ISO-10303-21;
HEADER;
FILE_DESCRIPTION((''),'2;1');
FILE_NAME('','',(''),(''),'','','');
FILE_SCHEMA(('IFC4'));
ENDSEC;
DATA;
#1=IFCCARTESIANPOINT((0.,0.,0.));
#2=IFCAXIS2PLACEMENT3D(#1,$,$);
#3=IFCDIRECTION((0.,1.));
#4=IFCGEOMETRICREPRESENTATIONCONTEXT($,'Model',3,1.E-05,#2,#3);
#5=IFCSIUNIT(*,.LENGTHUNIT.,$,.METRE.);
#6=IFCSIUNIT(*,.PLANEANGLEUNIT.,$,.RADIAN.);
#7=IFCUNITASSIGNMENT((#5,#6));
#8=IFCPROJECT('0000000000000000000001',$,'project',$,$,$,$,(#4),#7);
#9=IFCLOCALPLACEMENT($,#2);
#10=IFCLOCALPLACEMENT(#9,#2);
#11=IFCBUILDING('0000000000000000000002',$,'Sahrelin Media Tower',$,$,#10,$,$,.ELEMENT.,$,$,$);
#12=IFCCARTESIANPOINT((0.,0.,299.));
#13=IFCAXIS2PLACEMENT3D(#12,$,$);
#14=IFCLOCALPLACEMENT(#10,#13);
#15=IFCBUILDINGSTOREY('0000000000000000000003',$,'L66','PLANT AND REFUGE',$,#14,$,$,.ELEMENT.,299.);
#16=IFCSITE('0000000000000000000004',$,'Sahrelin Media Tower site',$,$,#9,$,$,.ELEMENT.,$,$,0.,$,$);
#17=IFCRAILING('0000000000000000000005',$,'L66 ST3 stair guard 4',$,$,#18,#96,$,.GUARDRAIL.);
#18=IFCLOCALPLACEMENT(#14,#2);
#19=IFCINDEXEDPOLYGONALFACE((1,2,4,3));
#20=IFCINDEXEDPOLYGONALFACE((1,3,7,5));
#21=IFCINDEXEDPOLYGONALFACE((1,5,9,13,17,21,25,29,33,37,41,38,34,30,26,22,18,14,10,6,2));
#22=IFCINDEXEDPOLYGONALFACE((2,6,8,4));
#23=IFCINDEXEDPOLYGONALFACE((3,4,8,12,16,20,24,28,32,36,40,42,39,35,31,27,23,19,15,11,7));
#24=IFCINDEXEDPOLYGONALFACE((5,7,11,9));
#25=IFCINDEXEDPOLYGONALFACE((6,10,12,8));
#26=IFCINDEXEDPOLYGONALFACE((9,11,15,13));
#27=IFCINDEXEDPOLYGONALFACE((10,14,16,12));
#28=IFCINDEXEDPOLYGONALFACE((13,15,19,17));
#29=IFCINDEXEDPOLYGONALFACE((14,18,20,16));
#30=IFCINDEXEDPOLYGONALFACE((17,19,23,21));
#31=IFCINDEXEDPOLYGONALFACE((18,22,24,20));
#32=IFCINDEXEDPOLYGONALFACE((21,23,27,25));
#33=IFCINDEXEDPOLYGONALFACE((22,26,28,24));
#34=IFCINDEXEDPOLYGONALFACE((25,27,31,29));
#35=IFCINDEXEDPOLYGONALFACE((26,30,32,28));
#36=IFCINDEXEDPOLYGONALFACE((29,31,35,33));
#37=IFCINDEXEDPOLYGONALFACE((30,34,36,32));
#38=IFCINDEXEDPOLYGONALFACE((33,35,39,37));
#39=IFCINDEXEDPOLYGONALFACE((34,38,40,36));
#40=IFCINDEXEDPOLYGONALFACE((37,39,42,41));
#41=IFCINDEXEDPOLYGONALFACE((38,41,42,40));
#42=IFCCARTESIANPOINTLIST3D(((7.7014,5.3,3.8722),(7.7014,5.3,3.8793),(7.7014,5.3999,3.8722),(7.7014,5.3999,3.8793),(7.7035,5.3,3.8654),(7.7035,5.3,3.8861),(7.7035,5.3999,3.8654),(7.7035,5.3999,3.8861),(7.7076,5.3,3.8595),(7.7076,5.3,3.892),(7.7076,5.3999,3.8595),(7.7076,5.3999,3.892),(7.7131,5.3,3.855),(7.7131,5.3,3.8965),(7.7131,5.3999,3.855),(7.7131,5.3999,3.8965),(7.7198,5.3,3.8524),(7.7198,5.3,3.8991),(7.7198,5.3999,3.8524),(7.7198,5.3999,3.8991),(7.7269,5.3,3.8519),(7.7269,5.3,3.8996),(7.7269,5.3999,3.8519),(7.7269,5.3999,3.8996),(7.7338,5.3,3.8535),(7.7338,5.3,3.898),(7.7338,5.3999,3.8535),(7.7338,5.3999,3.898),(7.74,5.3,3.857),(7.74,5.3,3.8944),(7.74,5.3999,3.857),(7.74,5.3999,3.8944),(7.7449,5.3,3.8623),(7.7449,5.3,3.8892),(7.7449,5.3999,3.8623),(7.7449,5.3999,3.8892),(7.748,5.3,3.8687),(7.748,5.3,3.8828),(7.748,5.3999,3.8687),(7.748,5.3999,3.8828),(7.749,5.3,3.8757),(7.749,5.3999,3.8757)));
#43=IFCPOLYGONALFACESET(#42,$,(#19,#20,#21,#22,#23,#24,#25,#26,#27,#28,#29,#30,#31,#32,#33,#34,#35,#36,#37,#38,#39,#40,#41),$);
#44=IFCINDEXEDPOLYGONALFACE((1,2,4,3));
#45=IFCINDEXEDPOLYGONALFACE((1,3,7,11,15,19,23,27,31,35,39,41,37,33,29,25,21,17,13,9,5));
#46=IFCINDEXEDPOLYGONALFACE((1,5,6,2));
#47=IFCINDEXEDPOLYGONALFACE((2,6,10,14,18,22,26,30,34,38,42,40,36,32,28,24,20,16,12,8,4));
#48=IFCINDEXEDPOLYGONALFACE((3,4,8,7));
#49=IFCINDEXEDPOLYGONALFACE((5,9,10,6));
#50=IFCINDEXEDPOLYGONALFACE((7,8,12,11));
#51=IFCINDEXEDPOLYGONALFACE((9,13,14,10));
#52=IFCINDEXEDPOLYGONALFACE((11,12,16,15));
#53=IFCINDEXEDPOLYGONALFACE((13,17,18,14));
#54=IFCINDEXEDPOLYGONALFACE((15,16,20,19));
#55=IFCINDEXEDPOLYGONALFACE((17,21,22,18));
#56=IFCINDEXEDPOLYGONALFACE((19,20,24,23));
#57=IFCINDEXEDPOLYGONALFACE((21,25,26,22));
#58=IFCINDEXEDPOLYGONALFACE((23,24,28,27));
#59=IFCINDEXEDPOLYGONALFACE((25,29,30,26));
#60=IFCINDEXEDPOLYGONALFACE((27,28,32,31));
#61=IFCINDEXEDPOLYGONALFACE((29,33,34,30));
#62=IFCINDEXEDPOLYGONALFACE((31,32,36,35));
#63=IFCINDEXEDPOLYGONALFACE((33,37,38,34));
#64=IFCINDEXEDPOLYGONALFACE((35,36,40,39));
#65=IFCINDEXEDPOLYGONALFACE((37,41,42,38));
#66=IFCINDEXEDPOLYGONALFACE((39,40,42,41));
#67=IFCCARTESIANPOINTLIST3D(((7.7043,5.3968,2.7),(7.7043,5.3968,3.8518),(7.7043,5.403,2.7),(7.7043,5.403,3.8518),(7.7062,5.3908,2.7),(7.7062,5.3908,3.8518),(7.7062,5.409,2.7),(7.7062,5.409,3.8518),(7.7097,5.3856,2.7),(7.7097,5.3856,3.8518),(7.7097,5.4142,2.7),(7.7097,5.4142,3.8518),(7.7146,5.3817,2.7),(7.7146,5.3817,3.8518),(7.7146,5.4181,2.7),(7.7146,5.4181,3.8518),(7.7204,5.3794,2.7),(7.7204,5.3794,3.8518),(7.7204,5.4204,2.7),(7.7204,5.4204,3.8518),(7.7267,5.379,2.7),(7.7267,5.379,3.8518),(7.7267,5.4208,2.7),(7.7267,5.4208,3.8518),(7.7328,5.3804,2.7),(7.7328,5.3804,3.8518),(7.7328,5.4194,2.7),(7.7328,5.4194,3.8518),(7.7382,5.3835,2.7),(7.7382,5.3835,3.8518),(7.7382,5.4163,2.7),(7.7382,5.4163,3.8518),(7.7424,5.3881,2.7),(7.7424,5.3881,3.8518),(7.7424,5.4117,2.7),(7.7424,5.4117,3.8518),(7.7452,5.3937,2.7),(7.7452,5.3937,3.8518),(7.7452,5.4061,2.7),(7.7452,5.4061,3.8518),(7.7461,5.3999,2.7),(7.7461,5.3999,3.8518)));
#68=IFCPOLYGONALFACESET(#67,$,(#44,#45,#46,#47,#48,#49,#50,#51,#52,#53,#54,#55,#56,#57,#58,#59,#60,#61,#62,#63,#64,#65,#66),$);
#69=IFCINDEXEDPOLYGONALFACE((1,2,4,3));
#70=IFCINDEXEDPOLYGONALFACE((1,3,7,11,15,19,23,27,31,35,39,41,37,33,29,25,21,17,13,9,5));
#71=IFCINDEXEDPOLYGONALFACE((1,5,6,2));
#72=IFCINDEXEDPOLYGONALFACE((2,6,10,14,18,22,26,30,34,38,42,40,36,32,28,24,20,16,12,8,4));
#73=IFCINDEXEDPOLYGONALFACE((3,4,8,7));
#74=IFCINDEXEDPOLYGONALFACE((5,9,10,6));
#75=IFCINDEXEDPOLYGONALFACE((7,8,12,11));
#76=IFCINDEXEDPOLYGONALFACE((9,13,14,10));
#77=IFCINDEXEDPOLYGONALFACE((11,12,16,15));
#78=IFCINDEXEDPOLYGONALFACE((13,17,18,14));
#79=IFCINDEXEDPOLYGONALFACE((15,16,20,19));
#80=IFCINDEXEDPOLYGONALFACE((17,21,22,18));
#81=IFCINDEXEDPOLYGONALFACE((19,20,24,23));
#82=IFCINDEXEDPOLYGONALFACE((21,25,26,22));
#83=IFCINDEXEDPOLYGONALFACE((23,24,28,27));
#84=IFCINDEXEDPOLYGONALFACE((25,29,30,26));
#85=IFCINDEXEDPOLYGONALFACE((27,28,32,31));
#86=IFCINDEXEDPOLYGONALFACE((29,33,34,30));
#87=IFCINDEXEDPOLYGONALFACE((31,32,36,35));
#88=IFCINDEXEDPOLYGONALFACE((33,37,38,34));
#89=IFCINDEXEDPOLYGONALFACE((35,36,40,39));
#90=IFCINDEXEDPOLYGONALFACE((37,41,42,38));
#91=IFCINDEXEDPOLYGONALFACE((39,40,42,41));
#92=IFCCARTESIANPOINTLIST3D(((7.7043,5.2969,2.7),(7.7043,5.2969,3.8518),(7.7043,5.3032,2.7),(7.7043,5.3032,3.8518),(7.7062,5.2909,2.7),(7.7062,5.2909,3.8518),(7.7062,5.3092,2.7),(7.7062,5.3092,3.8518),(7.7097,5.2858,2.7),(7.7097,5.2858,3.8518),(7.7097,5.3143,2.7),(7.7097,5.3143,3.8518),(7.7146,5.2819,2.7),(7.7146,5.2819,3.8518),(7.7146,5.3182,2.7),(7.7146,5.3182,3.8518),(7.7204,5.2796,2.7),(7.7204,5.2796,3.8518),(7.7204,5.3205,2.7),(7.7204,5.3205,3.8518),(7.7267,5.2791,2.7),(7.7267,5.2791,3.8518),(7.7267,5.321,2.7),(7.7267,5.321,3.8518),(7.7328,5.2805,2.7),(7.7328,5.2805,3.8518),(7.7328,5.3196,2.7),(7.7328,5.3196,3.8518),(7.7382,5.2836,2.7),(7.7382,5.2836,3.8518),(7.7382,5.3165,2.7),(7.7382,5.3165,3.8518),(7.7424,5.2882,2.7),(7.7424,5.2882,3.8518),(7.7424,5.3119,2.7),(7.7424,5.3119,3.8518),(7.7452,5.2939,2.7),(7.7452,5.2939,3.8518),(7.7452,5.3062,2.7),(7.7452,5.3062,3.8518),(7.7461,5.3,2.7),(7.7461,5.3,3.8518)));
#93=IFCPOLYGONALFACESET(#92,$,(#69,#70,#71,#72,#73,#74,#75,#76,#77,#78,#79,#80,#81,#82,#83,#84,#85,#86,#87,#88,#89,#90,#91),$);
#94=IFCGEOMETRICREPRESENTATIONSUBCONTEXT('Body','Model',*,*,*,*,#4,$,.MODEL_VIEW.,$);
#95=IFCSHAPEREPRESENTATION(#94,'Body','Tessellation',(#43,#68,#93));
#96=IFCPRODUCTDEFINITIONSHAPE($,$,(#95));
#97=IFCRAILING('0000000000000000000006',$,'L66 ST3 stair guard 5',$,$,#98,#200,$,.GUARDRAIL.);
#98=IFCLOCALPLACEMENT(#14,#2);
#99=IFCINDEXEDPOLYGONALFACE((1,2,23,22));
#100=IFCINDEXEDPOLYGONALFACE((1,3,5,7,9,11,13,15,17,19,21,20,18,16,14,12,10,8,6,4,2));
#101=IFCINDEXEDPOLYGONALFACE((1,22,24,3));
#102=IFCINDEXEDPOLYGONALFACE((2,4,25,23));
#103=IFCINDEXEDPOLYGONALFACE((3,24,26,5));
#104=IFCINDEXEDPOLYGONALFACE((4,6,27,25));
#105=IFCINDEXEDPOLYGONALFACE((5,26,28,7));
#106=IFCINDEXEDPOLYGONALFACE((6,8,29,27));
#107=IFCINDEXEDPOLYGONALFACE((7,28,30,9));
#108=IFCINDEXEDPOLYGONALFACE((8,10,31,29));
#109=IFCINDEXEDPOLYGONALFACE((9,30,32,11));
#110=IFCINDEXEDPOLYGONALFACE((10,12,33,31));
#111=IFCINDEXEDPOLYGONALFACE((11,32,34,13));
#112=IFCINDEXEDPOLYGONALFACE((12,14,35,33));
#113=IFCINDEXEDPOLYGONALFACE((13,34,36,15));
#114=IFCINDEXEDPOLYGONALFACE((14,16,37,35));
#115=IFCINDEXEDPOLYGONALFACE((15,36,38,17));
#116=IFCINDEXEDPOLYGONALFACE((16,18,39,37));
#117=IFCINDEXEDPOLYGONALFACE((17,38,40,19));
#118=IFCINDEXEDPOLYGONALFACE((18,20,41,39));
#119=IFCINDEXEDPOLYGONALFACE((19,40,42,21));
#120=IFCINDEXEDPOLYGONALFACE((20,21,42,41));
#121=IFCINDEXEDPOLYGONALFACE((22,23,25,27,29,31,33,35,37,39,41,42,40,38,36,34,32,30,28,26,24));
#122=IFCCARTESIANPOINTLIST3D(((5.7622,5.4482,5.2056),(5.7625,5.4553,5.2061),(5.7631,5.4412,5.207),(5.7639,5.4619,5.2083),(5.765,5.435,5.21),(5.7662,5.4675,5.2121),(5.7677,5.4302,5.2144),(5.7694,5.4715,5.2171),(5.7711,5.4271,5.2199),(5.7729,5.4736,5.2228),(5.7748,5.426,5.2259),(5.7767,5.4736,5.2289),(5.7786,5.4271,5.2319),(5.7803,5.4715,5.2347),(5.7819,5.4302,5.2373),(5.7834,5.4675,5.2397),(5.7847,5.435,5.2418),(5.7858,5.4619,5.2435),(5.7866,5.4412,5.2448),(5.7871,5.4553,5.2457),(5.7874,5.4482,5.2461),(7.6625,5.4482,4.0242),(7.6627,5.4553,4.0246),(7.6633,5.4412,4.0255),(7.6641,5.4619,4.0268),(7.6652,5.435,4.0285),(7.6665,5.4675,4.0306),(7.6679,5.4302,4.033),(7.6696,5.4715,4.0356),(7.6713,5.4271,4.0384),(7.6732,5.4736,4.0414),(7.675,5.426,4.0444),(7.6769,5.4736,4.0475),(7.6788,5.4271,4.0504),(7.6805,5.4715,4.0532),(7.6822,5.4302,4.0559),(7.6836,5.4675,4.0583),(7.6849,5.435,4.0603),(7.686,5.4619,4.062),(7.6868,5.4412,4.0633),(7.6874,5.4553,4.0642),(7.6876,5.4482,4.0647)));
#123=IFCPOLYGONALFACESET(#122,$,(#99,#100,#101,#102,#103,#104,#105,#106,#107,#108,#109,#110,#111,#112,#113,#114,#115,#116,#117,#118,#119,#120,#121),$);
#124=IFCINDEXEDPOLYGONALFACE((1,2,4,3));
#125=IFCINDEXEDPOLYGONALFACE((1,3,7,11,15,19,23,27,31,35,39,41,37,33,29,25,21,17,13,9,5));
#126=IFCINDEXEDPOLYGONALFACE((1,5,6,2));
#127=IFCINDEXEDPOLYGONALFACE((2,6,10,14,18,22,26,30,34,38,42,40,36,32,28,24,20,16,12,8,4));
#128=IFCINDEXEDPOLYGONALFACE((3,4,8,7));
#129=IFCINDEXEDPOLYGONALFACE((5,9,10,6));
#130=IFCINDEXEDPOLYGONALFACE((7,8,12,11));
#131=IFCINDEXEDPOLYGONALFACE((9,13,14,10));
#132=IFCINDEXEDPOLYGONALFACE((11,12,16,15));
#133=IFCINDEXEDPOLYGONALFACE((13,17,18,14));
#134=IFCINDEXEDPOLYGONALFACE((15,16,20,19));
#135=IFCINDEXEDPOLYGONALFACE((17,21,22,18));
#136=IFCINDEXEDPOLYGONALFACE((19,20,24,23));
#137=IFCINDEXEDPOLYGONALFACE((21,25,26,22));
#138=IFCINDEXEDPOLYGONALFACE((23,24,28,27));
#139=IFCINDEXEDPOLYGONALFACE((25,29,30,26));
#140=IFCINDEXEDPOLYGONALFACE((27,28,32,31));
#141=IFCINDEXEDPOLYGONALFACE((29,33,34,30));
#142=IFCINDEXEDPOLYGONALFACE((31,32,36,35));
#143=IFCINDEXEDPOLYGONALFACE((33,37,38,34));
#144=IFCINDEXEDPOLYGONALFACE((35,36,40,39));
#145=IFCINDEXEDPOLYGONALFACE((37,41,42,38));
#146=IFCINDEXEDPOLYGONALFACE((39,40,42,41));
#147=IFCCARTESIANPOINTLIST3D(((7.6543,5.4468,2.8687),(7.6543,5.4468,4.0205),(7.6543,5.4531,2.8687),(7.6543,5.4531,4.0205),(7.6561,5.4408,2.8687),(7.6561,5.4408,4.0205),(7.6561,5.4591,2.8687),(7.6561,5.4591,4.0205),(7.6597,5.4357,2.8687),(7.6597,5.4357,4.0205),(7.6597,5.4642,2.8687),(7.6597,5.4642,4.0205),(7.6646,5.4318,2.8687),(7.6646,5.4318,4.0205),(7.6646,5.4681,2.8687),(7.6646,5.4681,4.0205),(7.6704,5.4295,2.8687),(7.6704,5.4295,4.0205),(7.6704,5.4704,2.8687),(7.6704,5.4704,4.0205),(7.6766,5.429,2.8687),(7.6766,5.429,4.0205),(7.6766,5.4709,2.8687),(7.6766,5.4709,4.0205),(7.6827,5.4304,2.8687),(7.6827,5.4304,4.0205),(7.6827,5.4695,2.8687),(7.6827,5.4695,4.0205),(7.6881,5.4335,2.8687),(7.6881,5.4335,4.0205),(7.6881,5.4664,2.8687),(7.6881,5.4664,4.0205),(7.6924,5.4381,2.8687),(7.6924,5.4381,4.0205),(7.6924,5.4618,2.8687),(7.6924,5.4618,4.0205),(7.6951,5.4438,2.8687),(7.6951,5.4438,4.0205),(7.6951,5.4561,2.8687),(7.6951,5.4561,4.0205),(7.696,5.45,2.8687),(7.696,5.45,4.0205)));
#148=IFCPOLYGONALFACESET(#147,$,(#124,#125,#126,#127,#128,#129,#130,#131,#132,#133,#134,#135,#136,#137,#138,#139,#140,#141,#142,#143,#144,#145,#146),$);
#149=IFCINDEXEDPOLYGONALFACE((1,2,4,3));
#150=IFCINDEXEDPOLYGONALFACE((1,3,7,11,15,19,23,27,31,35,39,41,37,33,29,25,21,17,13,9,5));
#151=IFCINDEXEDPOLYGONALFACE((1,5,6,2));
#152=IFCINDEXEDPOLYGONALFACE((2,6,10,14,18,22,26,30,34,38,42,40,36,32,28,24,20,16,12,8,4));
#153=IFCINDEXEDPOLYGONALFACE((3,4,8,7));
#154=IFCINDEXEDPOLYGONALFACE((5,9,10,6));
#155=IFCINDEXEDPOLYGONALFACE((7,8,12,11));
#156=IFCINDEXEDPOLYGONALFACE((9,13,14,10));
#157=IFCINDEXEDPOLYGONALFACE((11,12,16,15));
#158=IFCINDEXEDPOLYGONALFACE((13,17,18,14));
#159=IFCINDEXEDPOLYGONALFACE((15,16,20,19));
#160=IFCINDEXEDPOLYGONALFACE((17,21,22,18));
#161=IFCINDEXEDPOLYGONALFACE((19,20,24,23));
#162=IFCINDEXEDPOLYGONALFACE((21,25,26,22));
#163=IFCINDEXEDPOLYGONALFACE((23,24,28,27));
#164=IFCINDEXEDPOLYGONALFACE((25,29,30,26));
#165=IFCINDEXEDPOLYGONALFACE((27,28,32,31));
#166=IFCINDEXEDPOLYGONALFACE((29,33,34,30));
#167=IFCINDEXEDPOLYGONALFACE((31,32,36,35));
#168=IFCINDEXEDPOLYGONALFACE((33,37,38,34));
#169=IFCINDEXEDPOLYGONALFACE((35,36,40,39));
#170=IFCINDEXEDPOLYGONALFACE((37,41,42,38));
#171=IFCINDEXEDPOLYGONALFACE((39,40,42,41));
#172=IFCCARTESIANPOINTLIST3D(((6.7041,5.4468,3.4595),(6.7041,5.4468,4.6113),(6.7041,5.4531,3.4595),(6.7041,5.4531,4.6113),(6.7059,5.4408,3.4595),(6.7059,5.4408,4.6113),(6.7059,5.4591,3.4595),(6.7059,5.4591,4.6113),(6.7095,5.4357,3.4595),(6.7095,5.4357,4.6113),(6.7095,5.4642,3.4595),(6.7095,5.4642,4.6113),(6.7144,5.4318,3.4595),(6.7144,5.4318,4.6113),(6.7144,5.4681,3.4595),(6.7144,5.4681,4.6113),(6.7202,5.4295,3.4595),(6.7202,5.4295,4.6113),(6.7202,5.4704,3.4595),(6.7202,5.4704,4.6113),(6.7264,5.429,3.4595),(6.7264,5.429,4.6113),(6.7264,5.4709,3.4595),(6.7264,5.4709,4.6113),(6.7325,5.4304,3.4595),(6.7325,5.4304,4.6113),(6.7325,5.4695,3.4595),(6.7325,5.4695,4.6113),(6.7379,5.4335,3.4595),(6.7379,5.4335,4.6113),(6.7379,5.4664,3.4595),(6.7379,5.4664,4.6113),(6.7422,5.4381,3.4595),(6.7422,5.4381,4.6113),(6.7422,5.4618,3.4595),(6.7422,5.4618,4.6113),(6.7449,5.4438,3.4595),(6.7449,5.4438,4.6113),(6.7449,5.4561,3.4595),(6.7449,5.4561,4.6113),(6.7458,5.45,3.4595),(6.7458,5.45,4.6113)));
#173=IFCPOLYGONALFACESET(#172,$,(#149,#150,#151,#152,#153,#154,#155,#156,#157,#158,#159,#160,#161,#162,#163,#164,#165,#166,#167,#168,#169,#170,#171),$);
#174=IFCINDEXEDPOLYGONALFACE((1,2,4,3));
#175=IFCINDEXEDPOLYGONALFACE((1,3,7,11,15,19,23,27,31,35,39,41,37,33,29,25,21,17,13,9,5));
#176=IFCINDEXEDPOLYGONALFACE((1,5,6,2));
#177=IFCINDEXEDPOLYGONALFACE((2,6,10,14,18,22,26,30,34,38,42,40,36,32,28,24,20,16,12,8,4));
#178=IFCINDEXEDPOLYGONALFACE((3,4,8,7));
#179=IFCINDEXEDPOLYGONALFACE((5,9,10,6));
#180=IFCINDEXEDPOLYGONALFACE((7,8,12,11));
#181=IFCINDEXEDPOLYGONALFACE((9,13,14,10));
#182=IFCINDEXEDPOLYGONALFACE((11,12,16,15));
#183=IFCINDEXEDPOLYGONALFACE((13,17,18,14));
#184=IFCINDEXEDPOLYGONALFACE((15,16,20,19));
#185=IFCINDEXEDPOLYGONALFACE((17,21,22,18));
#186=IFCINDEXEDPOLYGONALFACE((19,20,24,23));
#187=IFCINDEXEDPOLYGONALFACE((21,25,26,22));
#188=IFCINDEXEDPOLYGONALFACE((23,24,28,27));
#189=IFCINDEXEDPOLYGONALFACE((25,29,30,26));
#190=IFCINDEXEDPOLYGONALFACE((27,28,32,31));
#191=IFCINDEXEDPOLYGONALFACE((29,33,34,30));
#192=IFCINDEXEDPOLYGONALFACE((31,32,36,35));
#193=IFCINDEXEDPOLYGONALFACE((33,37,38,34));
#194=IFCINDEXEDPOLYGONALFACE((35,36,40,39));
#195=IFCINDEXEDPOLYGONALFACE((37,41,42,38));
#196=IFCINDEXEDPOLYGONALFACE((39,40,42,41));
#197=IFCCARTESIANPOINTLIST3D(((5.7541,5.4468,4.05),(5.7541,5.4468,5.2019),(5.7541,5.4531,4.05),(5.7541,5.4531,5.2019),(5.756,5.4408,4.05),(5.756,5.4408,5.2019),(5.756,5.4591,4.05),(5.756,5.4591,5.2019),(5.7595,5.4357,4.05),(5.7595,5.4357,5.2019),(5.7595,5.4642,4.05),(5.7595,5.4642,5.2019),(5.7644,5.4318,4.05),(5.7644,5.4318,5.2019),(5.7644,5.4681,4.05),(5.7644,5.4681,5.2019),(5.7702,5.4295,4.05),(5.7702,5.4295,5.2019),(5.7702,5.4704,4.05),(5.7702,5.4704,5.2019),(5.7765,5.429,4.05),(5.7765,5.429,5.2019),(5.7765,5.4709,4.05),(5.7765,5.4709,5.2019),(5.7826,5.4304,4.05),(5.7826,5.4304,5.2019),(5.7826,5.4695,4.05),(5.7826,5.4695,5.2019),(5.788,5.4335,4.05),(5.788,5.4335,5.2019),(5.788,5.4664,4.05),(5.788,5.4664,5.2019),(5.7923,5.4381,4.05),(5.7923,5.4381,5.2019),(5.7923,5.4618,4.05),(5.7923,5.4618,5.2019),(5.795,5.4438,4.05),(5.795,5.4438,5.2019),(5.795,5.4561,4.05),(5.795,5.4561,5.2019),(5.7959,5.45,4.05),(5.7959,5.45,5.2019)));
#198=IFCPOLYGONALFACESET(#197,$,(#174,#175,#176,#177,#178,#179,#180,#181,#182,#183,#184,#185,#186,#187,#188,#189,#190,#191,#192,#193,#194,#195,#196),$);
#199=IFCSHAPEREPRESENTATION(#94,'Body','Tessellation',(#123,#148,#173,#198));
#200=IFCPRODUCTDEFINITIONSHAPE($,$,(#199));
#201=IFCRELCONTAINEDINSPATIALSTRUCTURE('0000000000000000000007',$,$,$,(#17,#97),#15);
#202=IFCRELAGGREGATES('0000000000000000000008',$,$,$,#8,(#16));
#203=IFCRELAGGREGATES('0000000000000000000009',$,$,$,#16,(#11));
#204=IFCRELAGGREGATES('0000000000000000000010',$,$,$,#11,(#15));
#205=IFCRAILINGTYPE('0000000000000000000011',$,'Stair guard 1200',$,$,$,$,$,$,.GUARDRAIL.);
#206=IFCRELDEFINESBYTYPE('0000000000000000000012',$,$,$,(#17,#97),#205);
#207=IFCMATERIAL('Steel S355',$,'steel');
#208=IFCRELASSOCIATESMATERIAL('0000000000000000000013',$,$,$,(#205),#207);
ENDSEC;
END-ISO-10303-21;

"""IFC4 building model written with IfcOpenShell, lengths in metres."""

from ifc_helpers import new_model, si_unit, direction, frame, origin, origin_2d, place, context, subcontext, project, spatial, circle, extrude, material, type_object, element, save


model = new_model("IFC4")

# Units and contexts
model_context = context("Model", 3, precision=1e-05, world=origin(), true_north=direction((0.0, 1.0)))
body_context = subcontext(model_context, "Body", "Model", "MODEL_VIEW")
ifc_project = project(units=[si_unit("LENGTHUNIT", "METRE"), si_unit("PLANEANGLEUNIT", "RADIAN")], contexts=[model_context])

# Site, building, storey
site_placement = place(None, origin())
site = spatial("IfcSite", under=ifc_project, at=site_placement, Name="Sahrelin Media Tower site", CompositionType="ELEMENT", RefElevation=0.0)
building_placement = place(site_placement, origin())
building = spatial("IfcBuilding", under=site, at=building_placement, Name="Sahrelin Media Tower", CompositionType="ELEMENT")
storey_placement = place(building_placement, frame((0.0, 0.0, 299.0)))
storey = spatial("IfcBuildingStorey", under=building, at=storey_placement, Name="L66", Description="PLANT AND REFUGE", CompositionType="ELEMENT", Elevation=299.0)

# Railings
ifc_material_1 = material(Name="Steel S355", Category="steel")
railing_type_1 = type_object("IfcRailingType", Name="Stair guard 1200", PredefinedType="GUARDRAIL", material=ifc_material_1)
railing_1_placement = place(storey_placement, frame((7.7251, 5.3999, 2.7)))
element("IfcRailing", 1, at=railing_1_placement, inside=storey, type_object=railing_type_1, Name="L66 ST3 stair guard 4", PredefinedType="GUARDRAIL", context=body_context, shape_type="SweptSolid", body=[
    extrude(circle(Radius=0.0239, at=origin_2d()), frame((0.0, 0.0, 1.1758), z_axis=(0.0, -1.0, 0.0), x_axis=(1.0, 0.0, 0.0)), (0.0, 0.0, 1.0), 0.0999),
    extrude(circle(Radius=0.021, at=origin_2d()), origin(), (0.0, 0.0, 1.0), 1.1519),
    extrude(circle(Radius=0.021, at=origin_2d()), frame((0.0, -0.0999, 0.0)), (0.0, 0.0, 1.0), 1.1519),
])
railing_2_placement = place(storey_placement, frame((7.675, 5.45, 2.8687)))
element("IfcRailing", 2, at=railing_2_placement, inside=storey, type_object=railing_type_1, Name="L66 ST3 stair guard 5", PredefinedType="GUARDRAIL", context=body_context, shape_type="SweptSolid", body=[
    extrude(circle(Radius=0.0239, at=origin_2d()), frame((0.0, 0.0, 1.1758), z_axis=(-0.84924, 0.0, 0.528006), x_axis=(0.0, -1.0, 0.0)), (0.0, 0.0, 1.0), 2.2375),
    extrude(circle(Radius=0.021, at=origin_2d()), origin(), (0.0, 0.0, 1.0), 1.1519),
    extrude(circle(Radius=0.021, at=origin_2d()), frame((-0.9502, 0.0, 0.5908)), (0.0, 0.0, 1.0), 1.1519),
    extrude(circle(Radius=0.021, at=origin_2d()), frame((-1.9001, 0.0, 1.1814)), (0.0, 0.0, 1.0), 1.1519),
])

save(model, "model.ifc")
